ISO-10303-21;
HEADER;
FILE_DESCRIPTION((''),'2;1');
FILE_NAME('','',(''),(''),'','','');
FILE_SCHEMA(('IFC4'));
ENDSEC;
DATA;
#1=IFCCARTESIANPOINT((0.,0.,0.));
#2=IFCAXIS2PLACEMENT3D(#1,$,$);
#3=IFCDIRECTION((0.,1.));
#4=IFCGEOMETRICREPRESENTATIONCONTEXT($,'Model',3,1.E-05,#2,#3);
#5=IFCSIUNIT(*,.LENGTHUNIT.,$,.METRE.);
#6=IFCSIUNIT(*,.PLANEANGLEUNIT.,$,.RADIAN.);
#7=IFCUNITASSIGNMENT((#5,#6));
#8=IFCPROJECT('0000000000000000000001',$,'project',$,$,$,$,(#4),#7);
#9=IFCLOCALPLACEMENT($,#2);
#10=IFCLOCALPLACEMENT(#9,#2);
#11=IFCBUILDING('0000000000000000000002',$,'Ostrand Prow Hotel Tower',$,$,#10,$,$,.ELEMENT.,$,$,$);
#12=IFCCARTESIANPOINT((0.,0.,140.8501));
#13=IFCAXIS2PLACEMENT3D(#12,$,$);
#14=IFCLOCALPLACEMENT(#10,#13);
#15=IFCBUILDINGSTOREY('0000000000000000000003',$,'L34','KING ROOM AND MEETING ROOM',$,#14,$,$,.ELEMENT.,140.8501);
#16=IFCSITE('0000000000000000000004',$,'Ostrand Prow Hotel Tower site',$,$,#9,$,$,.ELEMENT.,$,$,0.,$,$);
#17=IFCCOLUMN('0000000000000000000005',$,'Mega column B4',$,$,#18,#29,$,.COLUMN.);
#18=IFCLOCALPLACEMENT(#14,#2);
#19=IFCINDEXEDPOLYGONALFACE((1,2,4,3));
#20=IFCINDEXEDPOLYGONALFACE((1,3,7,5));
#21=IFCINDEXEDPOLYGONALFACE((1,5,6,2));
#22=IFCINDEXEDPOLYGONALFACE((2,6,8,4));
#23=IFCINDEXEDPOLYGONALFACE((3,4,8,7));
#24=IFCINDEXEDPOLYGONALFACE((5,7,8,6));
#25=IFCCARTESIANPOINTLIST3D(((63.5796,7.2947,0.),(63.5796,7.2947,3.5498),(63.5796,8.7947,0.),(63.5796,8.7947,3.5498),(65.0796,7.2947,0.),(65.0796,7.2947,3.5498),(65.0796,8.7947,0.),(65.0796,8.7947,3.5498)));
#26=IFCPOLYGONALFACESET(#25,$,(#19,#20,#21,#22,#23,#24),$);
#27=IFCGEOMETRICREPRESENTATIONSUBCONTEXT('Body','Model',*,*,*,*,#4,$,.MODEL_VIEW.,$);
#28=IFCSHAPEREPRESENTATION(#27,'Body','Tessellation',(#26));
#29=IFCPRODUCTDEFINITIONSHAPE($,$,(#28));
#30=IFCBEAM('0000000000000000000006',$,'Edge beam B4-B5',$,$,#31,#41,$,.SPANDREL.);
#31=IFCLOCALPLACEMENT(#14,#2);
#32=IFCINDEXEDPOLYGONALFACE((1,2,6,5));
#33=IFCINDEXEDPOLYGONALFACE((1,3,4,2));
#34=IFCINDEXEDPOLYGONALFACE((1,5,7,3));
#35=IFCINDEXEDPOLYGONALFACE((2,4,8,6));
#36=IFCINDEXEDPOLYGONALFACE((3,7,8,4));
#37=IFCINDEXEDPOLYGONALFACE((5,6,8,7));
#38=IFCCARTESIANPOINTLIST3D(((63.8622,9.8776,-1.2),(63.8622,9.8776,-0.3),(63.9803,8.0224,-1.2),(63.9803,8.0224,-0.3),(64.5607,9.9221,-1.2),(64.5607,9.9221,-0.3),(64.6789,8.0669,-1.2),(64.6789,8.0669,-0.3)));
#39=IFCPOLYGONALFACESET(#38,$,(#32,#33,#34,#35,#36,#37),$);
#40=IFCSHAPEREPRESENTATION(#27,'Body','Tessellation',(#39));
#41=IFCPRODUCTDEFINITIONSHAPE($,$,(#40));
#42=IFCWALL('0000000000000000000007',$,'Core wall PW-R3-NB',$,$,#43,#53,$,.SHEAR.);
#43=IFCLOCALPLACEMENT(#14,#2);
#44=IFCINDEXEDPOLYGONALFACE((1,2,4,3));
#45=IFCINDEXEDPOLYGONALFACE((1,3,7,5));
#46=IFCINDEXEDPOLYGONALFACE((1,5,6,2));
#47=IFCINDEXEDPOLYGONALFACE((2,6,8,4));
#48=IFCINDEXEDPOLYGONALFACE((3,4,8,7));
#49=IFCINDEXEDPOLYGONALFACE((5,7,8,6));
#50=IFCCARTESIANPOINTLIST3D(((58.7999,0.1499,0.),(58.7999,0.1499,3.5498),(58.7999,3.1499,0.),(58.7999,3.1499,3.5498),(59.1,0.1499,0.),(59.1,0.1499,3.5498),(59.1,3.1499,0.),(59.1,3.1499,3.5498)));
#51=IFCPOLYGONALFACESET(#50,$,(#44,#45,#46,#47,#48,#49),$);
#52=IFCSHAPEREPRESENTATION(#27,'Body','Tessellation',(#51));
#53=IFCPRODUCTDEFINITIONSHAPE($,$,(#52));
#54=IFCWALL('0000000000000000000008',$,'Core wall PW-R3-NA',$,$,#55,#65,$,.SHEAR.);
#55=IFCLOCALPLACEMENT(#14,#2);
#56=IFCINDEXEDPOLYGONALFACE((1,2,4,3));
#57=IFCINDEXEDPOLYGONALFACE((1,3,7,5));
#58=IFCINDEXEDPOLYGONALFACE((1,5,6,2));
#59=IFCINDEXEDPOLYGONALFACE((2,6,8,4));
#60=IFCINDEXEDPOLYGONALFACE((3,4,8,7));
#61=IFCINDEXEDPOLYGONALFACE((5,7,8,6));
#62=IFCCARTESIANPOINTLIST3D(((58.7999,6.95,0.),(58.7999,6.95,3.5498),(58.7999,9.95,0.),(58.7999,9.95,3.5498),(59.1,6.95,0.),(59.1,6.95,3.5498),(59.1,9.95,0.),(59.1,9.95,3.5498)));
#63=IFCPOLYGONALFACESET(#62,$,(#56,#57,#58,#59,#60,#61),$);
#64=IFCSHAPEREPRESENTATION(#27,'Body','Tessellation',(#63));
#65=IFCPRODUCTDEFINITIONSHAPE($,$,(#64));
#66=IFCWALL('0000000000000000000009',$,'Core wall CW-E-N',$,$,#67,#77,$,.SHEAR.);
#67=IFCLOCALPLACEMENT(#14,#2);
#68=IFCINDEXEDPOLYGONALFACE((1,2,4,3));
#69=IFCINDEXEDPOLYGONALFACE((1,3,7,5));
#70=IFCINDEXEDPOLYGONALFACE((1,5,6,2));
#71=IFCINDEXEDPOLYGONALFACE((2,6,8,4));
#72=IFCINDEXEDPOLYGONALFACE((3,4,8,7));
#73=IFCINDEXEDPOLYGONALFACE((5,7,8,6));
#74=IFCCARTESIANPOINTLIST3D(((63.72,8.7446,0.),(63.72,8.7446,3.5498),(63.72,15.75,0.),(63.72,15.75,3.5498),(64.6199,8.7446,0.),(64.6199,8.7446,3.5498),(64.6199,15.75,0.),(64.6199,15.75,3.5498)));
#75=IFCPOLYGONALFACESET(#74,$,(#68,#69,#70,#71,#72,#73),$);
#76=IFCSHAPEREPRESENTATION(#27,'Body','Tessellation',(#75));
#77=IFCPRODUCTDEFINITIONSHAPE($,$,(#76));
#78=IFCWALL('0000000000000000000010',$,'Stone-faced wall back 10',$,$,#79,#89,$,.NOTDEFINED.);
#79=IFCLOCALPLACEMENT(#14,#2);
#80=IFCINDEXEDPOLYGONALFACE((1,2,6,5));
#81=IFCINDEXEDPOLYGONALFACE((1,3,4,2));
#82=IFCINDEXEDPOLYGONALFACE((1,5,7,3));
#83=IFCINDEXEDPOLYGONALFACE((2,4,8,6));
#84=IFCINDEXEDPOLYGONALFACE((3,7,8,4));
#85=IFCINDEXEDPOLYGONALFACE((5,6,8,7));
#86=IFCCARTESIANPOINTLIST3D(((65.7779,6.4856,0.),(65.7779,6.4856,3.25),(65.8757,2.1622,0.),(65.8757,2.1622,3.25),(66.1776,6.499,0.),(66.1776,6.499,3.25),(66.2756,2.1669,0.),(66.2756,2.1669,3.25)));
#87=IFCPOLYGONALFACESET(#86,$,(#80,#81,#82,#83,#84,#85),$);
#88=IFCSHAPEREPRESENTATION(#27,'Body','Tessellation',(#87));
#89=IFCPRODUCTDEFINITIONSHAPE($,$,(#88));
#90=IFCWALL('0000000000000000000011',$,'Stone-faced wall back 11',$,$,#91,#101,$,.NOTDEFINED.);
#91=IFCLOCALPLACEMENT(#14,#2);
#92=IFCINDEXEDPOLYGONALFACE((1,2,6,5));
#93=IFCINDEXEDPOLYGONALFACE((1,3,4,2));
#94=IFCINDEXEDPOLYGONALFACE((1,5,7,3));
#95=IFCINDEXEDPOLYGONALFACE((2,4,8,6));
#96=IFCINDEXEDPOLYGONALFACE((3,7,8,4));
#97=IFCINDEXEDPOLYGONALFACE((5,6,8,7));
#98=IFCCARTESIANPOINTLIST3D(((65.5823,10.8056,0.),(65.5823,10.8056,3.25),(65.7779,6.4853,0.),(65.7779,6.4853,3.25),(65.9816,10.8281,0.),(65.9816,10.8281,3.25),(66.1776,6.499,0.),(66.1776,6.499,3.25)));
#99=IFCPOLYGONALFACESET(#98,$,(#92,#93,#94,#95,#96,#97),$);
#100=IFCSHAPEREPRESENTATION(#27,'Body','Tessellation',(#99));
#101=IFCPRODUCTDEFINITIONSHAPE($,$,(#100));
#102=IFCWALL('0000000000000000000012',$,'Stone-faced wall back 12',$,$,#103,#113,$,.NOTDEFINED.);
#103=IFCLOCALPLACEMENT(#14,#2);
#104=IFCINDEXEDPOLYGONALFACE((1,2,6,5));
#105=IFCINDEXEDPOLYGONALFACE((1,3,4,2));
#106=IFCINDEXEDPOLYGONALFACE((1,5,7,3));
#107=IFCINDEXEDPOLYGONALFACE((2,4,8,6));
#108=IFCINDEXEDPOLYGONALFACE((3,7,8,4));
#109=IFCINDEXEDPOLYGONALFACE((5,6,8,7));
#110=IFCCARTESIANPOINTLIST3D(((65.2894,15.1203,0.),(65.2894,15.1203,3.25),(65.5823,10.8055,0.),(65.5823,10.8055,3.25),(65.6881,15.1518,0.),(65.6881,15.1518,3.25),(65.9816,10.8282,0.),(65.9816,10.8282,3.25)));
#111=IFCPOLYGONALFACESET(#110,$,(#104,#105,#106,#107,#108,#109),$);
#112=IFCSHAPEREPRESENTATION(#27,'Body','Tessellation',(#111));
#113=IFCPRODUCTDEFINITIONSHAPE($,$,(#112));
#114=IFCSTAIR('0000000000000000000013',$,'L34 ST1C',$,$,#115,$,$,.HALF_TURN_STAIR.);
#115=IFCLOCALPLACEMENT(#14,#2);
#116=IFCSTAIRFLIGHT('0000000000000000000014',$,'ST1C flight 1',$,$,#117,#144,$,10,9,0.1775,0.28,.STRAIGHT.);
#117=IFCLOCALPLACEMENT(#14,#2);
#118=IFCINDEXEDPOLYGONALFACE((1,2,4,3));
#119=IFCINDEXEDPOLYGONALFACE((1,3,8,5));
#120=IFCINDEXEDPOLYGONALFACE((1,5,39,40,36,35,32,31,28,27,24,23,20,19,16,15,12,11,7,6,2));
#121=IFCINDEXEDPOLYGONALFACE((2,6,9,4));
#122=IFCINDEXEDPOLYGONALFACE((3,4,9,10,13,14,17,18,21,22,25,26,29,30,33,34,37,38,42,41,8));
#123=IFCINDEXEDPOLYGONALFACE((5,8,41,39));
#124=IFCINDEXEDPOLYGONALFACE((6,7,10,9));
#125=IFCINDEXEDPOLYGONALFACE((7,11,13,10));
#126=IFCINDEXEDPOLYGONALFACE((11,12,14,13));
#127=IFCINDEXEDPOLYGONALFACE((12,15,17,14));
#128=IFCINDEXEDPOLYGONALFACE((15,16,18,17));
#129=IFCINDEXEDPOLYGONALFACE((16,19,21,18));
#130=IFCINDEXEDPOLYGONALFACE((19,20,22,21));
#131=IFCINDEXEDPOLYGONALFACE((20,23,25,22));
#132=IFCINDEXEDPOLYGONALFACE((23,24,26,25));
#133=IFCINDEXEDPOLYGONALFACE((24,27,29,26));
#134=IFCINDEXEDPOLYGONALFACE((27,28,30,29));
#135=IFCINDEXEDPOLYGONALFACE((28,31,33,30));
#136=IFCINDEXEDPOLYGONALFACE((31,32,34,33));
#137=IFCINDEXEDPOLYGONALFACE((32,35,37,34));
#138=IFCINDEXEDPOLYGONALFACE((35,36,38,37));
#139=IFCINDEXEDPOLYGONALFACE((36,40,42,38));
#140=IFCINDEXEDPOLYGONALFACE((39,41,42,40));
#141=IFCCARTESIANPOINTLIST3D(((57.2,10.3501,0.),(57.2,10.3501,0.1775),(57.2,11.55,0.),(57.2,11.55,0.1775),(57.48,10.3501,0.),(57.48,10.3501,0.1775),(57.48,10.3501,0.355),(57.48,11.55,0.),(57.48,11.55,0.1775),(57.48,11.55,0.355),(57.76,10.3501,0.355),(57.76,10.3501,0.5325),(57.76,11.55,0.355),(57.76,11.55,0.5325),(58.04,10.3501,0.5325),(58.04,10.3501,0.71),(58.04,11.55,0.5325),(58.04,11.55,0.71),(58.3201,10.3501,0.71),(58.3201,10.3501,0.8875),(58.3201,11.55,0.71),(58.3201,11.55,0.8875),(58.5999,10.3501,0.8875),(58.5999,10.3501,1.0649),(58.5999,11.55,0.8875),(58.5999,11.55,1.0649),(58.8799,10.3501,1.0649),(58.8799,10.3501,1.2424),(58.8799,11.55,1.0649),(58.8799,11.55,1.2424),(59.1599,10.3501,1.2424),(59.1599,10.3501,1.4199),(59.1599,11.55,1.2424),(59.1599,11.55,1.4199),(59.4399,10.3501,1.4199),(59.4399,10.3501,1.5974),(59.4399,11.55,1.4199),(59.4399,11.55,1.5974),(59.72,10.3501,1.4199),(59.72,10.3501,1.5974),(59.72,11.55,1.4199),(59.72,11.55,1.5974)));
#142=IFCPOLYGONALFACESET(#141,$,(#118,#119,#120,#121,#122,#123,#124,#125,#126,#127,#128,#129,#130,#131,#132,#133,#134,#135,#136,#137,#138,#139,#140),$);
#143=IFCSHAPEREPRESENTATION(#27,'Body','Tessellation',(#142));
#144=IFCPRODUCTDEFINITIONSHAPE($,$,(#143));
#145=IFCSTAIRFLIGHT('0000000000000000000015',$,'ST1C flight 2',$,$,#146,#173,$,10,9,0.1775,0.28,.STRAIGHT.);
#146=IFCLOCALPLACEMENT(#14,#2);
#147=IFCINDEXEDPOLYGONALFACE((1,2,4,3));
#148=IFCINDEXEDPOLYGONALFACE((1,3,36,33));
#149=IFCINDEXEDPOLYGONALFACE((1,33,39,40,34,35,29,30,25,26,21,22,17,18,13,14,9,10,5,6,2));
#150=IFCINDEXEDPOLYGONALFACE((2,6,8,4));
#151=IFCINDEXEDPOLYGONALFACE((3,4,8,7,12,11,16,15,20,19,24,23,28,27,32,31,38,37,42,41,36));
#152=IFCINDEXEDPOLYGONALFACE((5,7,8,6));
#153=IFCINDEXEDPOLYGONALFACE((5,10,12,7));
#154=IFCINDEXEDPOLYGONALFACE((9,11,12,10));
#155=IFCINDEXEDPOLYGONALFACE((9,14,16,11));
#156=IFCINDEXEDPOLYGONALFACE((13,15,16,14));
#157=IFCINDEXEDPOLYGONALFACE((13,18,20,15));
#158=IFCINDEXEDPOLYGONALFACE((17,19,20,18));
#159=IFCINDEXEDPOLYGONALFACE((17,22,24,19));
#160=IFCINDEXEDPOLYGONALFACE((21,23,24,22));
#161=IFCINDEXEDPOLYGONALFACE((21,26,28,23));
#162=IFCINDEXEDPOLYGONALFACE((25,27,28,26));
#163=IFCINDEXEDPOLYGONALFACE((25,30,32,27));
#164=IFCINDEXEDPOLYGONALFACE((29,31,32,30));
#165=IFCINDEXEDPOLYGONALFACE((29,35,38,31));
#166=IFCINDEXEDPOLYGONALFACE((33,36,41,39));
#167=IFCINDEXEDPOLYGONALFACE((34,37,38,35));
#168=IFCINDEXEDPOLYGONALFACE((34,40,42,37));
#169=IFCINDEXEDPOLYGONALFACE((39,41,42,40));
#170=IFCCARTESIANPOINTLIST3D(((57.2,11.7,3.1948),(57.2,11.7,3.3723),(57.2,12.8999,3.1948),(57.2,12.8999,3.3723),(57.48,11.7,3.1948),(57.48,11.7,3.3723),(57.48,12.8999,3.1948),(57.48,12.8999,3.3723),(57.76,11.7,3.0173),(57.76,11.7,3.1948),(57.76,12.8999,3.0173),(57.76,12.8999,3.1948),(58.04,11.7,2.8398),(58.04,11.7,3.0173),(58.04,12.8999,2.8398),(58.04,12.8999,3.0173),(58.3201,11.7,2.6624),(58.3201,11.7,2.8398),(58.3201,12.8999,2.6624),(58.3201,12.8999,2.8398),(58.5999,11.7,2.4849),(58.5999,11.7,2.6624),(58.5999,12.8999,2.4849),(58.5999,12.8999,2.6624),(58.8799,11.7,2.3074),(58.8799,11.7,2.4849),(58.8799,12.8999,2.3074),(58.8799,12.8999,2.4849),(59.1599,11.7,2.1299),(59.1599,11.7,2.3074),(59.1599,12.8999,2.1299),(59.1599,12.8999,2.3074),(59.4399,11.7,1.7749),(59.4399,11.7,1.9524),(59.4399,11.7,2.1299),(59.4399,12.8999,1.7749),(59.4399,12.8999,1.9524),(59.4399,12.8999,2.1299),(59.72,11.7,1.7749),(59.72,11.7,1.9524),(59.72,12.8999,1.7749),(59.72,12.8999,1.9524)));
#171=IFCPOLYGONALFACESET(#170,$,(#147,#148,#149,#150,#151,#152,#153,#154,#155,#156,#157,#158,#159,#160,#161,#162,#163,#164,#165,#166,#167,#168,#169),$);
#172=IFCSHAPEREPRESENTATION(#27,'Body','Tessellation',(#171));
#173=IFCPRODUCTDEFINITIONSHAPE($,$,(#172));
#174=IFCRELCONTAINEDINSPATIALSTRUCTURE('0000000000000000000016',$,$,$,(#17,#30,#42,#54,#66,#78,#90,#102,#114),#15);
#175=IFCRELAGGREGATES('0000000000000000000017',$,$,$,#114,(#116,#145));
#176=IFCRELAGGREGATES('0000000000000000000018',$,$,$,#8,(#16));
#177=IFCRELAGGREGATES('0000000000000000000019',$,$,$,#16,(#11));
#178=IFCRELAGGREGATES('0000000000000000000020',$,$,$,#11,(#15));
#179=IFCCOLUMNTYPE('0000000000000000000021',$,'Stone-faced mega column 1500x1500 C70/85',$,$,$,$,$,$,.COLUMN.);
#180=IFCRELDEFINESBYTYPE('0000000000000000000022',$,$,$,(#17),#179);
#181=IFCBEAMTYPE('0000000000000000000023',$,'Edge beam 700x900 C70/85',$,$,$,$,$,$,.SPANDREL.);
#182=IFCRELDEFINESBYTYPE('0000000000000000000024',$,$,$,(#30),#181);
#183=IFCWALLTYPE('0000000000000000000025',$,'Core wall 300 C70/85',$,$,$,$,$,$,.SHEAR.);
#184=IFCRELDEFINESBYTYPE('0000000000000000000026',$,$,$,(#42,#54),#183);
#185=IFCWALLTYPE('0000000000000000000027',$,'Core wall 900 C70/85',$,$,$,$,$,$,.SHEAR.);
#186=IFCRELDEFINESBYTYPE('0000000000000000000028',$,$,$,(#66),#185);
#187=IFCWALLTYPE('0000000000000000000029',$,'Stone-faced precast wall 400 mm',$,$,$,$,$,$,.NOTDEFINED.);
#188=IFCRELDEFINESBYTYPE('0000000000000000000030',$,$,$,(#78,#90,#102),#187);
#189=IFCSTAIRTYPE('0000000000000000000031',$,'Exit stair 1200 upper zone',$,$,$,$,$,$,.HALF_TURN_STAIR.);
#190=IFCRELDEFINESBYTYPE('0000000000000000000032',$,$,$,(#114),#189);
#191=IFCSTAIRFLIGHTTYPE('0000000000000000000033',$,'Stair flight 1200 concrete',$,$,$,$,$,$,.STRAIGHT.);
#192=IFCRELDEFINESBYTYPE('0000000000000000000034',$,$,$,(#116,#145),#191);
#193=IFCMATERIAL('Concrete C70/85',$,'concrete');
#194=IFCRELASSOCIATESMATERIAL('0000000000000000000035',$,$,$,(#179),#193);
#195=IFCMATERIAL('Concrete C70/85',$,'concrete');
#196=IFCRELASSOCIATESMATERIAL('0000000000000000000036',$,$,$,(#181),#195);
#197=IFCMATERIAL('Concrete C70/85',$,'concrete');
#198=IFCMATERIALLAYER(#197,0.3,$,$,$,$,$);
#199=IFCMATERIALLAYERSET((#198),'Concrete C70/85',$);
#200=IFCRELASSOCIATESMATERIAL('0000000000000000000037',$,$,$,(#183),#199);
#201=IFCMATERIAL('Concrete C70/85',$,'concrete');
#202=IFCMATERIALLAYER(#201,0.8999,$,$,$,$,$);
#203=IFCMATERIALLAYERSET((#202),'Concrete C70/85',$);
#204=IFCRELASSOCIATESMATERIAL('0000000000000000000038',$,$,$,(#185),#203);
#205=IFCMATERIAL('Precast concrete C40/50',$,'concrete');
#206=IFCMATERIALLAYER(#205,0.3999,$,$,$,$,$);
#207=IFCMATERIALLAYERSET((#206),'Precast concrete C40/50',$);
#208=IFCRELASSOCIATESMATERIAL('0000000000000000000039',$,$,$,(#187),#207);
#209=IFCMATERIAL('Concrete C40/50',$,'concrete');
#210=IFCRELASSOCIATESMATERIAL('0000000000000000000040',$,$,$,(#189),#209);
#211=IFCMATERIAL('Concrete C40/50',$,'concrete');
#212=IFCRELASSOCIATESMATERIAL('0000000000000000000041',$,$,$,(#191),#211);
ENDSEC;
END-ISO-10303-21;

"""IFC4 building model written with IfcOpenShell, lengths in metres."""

from ifc_helpers import new_model, si_unit, direction, frame, frame_2d, origin, origin_2d, place, context, subcontext, project, spatial, polyline, rectangle, outline, extrude, material, layer, layer_set, material_profile, profile_set, type_object, element, aggregate, save


model = new_model("IFC4")

# Units and contexts
model_context = context("Model", 3, precision=1e-05, world=origin(), true_north=direction((0.0, 1.0)))
body_context = subcontext(model_context, "Body", "Model", "MODEL_VIEW")
ifc_project = project(units=[si_unit("LENGTHUNIT", "METRE"), si_unit("PLANEANGLEUNIT", "RADIAN")], contexts=[model_context])

# Site, building, storey
site_placement = place(None, origin())
site = spatial("IfcSite", under=ifc_project, at=site_placement, Name="Ostrand Prow Hotel Tower site", CompositionType="ELEMENT", RefElevation=0.0)
building_placement = place(site_placement, origin())
building = spatial("IfcBuilding", under=site, at=building_placement, Name="Ostrand Prow Hotel Tower", CompositionType="ELEMENT")
storey_placement = place(building_placement, frame((0.0, 0.0, 140.8501)))
storey = spatial("IfcBuildingStorey", under=building, at=storey_placement, Name="L34", Description="KING ROOM AND MEETING ROOM", CompositionType="ELEMENT", Elevation=140.8501)

# Column
ifc_material_1 = material(Name="Concrete C70/85", Category="concrete")
ifc_material_profile_1 = material_profile(ifc_material_1, rectangle(XDim=1.5, YDim=1.5, at=origin_2d()), Name="RC 1500x1500")
ifc_profile_set_1 = profile_set([ifc_material_profile_1], Name="Concrete C70/85")
column_type = type_object("IfcColumnType", Name="Stone-faced mega column 1500x1500 C70/85", PredefinedType="COLUMN", material=ifc_profile_set_1)
column_placement = place(storey_placement, frame((64.3296, 8.0447, 0.0), z_axis=(0.0, 0.0, 1.0), x_axis=(1.0, 0.0, 0.0)))
element("IfcColumn", 1, at=column_placement, inside=storey, type_object=column_type, Name="Mega column B4", PredefinedType="COLUMN", context=body_context, shape_type="SweptSolid", body=[
    extrude(rectangle(XDim=1.5, YDim=1.5, at=origin_2d()), origin(), (0.0, 0.0, 1.0), 3.5498),
])

# Beam
ifc_material_2 = material(Name="Concrete C70/85", Category="concrete")
ifc_material_profile_2 = material_profile(ifc_material_2, rectangle(XDim=0.7, YDim=0.8999, at=origin_2d()), Name="RC 700x900")
ifc_profile_set_2 = profile_set([ifc_material_profile_2], Name="Concrete C70/85")
beam_type = type_object("IfcBeamType", Name="Edge beam 700x900 C70/85", PredefinedType="SPANDREL", material=ifc_profile_set_2)
beam_placement = place(storey_placement, frame((64.3296, 8.0447, -0.75), z_axis=(-0.063564, 0.997978, 0.0), x_axis=(-0.997978, -0.063564, 0.0)))
element("IfcBeam", 2, at=beam_placement, inside=storey, type_object=beam_type, Name="Edge beam B4-B5", PredefinedType="SPANDREL", context=body_context, shape_type="SweptSolid", body=[
    extrude(rectangle(XDim=0.7, YDim=0.8999, at=origin_2d()), origin(), (0.0, 0.0, 1.0), 1.8589),
])

# Walls
ifc_material_3 = material(Name="Concrete C70/85", Category="concrete")
ifc_layer_1 = layer(ifc_material_3, 0.3)
ifc_layer_set_1 = layer_set([ifc_layer_1], Name="Concrete C70/85")
wall_type_1 = type_object("IfcWallType", Name="Core wall 300 C70/85", PredefinedType="SHEAR", material=ifc_layer_set_1)
for number, where, z_axis, x_axis, name in (
    (3, (58.95, 0.1499, 0.0), (0.0, 0.0, 1.0), (0.0, 1.0, 0.0), "Core wall PW-R3-NB"),
    (4, (58.95, 6.95, 0.0), (0.0, 0.0, 1.0), (0.0, 1.0, 0.0), "Core wall PW-R3-NA"),
):
    element("IfcWall", number, at=place(storey_placement, frame(where, z_axis=z_axis, x_axis=x_axis)), inside=storey, type_object=wall_type_1, Name=name, PredefinedType="SHEAR", context=body_context, shape_type="SweptSolid", body=[
        extrude(rectangle(XDim=3.0, YDim=0.3, at=frame_2d((1.5, 0.0))), origin(), (0.0, 0.0, 1.0), 3.5498),
    ])
ifc_material_4 = material(Name="Concrete C70/85", Category="concrete")
ifc_layer_2 = layer(ifc_material_4, 0.8999)
ifc_layer_set_2 = layer_set([ifc_layer_2], Name="Concrete C70/85")
wall_type_2 = type_object("IfcWallType", Name="Core wall 900 C70/85", PredefinedType="SHEAR", material=ifc_layer_set_2)
wall_1_placement = place(storey_placement, frame((64.1699, 8.7446, 0.0), z_axis=(0.0, 0.0, 1.0), x_axis=(0.0, 1.0, 0.0)))
element("IfcWall", 5, at=wall_1_placement, inside=storey, type_object=wall_type_2, Name="Core wall CW-E-N", PredefinedType="SHEAR", context=body_context, shape_type="SweptSolid", body=[
    extrude(rectangle(XDim=7.0054, YDim=0.8999, at=frame_2d((3.5027, 0.0))), origin(), (0.0, 0.0, 1.0), 3.5498),
])
ifc_material_5 = material(Name="Precast concrete C40/50", Category="concrete")
ifc_layer_3 = layer(ifc_material_5, 0.3999)
ifc_layer_set_3 = layer_set([ifc_layer_3], Name="Precast concrete C40/50")
wall_type_3 = type_object("IfcWallType", Name="Stone-faced precast wall 400 mm", PredefinedType="NOTDEFINED", material=ifc_layer_set_3)
wall_2_placement = place(storey_placement, frame((66.0757, 2.1646, 0.0), z_axis=(0.0, 0.0, 1.0), x_axis=(-0.022616, 0.999744, 0.0)))
element("IfcWall", 6, at=wall_2_placement, inside=storey, type_object=wall_type_3, Name="Stone-faced wall back 10", PredefinedType="NOTDEFINED", context=body_context, shape_type="SweptSolid", body=[
    extrude(outline(polyline([(-0.0022, -0.2), (4.3311, -0.2), (4.3267, 0.2), (0.0022, 0.2), (-0.0022, -0.2)])), origin(), (0.0, 0.0, 1.0), 3.25),
])
for number, where, z_axis, x_axis, name in (
    (7, (65.9778, 6.4922, 0.0), (0.0, 0.0, 1.0), (-0.045229, 0.998977, 0.0), "Stone-faced wall back 11"),
    (8, (65.782, 10.8169, 0.0), (0.0, 0.0, 1.0), (-0.067732, 0.997704, 0.0), "Stone-faced wall back 12"),
):
    element("IfcWall", number, at=place(storey_placement, frame(where, z_axis=z_axis, x_axis=x_axis)), inside=storey, type_object=wall_type_3, Name=name, PredefinedType="NOTDEFINED", context=body_context, shape_type="SweptSolid", body=[
        extrude(outline(polyline([(-0.0022, -0.2), (4.3313, -0.2), (4.3269, 0.2), (0.0022, 0.2), (-0.0022, -0.2)])), origin(), (0.0, 0.0, 1.0), 3.25),
    ])

# Stair, stair flights
ifc_material_6 = material(Name="Concrete C40/50", Category="concrete")
stair_type = type_object("IfcStairType", Name="Exit stair 1200 upper zone", PredefinedType="HALF_TURN_STAIR", material=ifc_material_6)
stair_1_placement = place(storey_placement, origin())
stair_1 = element("IfcStair", 9, at=stair_1_placement, inside=storey, type_object=stair_type, Name="L34 ST1C", PredefinedType="HALF_TURN_STAIR")
ifc_material_7 = material(Name="Concrete C40/50", Category="concrete")
stair_flight_type = type_object("IfcStairFlightType", Name="Stair flight 1200 concrete", PredefinedType="STRAIGHT", material=ifc_material_7)
stair_flight_1_placement = place(storey_placement, frame((57.2, 10.95, 0.0), z_axis=(0.0, 0.0, 1.0), x_axis=(1.0, 0.0, 0.0)))
stair_flight_1 = element("IfcStairFlight", 10, at=stair_flight_1_placement, type_object=stair_flight_type, Name="ST1C flight 1", NumberOfRisers=10, NumberOfTreads=9, PredefinedType="STRAIGHT", RiserHeight=0.1775, TreadLength=0.28, context=body_context, shape_type="SweptSolid", body=[
    extrude(outline(polyline([(0.0, 0.0), (0.0, 0.1775), (0.28, 0.1775), (0.28, 0.355), (0.5601, 0.355), (0.5601, 0.5325), (0.8401, 0.5325), (0.8401, 0.71), (1.1201, 0.71), (1.1201, 0.8875), (1.3999, 0.8875), (1.3999, 1.0649), (1.6799, 1.0649), (1.6799, 1.2424), (1.96, 1.2424), (1.96, 1.4199), (2.24, 1.4199), (2.24, 1.5974), (2.52, 1.5974), (2.52, 1.7749), (2.52, 1.4199), (0.28, 0.0), (0.0, 0.0)])), frame((0.0, 0.6001, 0.0), z_axis=(0.0, -1.0, 0.0), x_axis=(1.0, 0.0, 0.0)), (0.0, 0.0, 1.0), 1.2),
])
stair_flight_2_placement = place(storey_placement, frame((59.72, 12.3, 1.7749), z_axis=(0.0, 0.0, 1.0), x_axis=(-1.0, 0.0, 0.0)))
stair_flight_2 = element("IfcStairFlight", 11, at=stair_flight_2_placement, type_object=stair_flight_type, Name="ST1C flight 2", NumberOfRisers=10, NumberOfTreads=9, PredefinedType="STRAIGHT", RiserHeight=0.1775, TreadLength=0.28, context=body_context, shape_type="SweptSolid", body=[
    extrude(outline(polyline([(0.0, 0.0), (0.0, 0.1775), (0.28, 0.1775), (0.28, 0.355), (0.5601, 0.355), (0.5601, 0.5325), (0.8401, 0.5325), (0.8401, 0.71), (1.1201, 0.71), (1.1201, 0.8875), (1.3999, 0.8875), (1.3999, 1.0649), (1.6799, 1.0649), (1.6799, 1.2424), (1.96, 1.2424), (1.96, 1.4199), (2.24, 1.4199), (2.24, 1.5974), (2.52, 1.5974), (2.52, 1.7749), (2.52, 1.4199), (0.28, 0.0), (0.0, 0.0)])), frame((0.0, 0.6001, 0.0), z_axis=(0.0, -1.0, 0.0), x_axis=(1.0, 0.0, 0.0)), (0.0, 0.0, 1.0), 1.2),
])
aggregate(stair_1, [stair_flight_1, stair_flight_2])

save(model, "model.ifc")
